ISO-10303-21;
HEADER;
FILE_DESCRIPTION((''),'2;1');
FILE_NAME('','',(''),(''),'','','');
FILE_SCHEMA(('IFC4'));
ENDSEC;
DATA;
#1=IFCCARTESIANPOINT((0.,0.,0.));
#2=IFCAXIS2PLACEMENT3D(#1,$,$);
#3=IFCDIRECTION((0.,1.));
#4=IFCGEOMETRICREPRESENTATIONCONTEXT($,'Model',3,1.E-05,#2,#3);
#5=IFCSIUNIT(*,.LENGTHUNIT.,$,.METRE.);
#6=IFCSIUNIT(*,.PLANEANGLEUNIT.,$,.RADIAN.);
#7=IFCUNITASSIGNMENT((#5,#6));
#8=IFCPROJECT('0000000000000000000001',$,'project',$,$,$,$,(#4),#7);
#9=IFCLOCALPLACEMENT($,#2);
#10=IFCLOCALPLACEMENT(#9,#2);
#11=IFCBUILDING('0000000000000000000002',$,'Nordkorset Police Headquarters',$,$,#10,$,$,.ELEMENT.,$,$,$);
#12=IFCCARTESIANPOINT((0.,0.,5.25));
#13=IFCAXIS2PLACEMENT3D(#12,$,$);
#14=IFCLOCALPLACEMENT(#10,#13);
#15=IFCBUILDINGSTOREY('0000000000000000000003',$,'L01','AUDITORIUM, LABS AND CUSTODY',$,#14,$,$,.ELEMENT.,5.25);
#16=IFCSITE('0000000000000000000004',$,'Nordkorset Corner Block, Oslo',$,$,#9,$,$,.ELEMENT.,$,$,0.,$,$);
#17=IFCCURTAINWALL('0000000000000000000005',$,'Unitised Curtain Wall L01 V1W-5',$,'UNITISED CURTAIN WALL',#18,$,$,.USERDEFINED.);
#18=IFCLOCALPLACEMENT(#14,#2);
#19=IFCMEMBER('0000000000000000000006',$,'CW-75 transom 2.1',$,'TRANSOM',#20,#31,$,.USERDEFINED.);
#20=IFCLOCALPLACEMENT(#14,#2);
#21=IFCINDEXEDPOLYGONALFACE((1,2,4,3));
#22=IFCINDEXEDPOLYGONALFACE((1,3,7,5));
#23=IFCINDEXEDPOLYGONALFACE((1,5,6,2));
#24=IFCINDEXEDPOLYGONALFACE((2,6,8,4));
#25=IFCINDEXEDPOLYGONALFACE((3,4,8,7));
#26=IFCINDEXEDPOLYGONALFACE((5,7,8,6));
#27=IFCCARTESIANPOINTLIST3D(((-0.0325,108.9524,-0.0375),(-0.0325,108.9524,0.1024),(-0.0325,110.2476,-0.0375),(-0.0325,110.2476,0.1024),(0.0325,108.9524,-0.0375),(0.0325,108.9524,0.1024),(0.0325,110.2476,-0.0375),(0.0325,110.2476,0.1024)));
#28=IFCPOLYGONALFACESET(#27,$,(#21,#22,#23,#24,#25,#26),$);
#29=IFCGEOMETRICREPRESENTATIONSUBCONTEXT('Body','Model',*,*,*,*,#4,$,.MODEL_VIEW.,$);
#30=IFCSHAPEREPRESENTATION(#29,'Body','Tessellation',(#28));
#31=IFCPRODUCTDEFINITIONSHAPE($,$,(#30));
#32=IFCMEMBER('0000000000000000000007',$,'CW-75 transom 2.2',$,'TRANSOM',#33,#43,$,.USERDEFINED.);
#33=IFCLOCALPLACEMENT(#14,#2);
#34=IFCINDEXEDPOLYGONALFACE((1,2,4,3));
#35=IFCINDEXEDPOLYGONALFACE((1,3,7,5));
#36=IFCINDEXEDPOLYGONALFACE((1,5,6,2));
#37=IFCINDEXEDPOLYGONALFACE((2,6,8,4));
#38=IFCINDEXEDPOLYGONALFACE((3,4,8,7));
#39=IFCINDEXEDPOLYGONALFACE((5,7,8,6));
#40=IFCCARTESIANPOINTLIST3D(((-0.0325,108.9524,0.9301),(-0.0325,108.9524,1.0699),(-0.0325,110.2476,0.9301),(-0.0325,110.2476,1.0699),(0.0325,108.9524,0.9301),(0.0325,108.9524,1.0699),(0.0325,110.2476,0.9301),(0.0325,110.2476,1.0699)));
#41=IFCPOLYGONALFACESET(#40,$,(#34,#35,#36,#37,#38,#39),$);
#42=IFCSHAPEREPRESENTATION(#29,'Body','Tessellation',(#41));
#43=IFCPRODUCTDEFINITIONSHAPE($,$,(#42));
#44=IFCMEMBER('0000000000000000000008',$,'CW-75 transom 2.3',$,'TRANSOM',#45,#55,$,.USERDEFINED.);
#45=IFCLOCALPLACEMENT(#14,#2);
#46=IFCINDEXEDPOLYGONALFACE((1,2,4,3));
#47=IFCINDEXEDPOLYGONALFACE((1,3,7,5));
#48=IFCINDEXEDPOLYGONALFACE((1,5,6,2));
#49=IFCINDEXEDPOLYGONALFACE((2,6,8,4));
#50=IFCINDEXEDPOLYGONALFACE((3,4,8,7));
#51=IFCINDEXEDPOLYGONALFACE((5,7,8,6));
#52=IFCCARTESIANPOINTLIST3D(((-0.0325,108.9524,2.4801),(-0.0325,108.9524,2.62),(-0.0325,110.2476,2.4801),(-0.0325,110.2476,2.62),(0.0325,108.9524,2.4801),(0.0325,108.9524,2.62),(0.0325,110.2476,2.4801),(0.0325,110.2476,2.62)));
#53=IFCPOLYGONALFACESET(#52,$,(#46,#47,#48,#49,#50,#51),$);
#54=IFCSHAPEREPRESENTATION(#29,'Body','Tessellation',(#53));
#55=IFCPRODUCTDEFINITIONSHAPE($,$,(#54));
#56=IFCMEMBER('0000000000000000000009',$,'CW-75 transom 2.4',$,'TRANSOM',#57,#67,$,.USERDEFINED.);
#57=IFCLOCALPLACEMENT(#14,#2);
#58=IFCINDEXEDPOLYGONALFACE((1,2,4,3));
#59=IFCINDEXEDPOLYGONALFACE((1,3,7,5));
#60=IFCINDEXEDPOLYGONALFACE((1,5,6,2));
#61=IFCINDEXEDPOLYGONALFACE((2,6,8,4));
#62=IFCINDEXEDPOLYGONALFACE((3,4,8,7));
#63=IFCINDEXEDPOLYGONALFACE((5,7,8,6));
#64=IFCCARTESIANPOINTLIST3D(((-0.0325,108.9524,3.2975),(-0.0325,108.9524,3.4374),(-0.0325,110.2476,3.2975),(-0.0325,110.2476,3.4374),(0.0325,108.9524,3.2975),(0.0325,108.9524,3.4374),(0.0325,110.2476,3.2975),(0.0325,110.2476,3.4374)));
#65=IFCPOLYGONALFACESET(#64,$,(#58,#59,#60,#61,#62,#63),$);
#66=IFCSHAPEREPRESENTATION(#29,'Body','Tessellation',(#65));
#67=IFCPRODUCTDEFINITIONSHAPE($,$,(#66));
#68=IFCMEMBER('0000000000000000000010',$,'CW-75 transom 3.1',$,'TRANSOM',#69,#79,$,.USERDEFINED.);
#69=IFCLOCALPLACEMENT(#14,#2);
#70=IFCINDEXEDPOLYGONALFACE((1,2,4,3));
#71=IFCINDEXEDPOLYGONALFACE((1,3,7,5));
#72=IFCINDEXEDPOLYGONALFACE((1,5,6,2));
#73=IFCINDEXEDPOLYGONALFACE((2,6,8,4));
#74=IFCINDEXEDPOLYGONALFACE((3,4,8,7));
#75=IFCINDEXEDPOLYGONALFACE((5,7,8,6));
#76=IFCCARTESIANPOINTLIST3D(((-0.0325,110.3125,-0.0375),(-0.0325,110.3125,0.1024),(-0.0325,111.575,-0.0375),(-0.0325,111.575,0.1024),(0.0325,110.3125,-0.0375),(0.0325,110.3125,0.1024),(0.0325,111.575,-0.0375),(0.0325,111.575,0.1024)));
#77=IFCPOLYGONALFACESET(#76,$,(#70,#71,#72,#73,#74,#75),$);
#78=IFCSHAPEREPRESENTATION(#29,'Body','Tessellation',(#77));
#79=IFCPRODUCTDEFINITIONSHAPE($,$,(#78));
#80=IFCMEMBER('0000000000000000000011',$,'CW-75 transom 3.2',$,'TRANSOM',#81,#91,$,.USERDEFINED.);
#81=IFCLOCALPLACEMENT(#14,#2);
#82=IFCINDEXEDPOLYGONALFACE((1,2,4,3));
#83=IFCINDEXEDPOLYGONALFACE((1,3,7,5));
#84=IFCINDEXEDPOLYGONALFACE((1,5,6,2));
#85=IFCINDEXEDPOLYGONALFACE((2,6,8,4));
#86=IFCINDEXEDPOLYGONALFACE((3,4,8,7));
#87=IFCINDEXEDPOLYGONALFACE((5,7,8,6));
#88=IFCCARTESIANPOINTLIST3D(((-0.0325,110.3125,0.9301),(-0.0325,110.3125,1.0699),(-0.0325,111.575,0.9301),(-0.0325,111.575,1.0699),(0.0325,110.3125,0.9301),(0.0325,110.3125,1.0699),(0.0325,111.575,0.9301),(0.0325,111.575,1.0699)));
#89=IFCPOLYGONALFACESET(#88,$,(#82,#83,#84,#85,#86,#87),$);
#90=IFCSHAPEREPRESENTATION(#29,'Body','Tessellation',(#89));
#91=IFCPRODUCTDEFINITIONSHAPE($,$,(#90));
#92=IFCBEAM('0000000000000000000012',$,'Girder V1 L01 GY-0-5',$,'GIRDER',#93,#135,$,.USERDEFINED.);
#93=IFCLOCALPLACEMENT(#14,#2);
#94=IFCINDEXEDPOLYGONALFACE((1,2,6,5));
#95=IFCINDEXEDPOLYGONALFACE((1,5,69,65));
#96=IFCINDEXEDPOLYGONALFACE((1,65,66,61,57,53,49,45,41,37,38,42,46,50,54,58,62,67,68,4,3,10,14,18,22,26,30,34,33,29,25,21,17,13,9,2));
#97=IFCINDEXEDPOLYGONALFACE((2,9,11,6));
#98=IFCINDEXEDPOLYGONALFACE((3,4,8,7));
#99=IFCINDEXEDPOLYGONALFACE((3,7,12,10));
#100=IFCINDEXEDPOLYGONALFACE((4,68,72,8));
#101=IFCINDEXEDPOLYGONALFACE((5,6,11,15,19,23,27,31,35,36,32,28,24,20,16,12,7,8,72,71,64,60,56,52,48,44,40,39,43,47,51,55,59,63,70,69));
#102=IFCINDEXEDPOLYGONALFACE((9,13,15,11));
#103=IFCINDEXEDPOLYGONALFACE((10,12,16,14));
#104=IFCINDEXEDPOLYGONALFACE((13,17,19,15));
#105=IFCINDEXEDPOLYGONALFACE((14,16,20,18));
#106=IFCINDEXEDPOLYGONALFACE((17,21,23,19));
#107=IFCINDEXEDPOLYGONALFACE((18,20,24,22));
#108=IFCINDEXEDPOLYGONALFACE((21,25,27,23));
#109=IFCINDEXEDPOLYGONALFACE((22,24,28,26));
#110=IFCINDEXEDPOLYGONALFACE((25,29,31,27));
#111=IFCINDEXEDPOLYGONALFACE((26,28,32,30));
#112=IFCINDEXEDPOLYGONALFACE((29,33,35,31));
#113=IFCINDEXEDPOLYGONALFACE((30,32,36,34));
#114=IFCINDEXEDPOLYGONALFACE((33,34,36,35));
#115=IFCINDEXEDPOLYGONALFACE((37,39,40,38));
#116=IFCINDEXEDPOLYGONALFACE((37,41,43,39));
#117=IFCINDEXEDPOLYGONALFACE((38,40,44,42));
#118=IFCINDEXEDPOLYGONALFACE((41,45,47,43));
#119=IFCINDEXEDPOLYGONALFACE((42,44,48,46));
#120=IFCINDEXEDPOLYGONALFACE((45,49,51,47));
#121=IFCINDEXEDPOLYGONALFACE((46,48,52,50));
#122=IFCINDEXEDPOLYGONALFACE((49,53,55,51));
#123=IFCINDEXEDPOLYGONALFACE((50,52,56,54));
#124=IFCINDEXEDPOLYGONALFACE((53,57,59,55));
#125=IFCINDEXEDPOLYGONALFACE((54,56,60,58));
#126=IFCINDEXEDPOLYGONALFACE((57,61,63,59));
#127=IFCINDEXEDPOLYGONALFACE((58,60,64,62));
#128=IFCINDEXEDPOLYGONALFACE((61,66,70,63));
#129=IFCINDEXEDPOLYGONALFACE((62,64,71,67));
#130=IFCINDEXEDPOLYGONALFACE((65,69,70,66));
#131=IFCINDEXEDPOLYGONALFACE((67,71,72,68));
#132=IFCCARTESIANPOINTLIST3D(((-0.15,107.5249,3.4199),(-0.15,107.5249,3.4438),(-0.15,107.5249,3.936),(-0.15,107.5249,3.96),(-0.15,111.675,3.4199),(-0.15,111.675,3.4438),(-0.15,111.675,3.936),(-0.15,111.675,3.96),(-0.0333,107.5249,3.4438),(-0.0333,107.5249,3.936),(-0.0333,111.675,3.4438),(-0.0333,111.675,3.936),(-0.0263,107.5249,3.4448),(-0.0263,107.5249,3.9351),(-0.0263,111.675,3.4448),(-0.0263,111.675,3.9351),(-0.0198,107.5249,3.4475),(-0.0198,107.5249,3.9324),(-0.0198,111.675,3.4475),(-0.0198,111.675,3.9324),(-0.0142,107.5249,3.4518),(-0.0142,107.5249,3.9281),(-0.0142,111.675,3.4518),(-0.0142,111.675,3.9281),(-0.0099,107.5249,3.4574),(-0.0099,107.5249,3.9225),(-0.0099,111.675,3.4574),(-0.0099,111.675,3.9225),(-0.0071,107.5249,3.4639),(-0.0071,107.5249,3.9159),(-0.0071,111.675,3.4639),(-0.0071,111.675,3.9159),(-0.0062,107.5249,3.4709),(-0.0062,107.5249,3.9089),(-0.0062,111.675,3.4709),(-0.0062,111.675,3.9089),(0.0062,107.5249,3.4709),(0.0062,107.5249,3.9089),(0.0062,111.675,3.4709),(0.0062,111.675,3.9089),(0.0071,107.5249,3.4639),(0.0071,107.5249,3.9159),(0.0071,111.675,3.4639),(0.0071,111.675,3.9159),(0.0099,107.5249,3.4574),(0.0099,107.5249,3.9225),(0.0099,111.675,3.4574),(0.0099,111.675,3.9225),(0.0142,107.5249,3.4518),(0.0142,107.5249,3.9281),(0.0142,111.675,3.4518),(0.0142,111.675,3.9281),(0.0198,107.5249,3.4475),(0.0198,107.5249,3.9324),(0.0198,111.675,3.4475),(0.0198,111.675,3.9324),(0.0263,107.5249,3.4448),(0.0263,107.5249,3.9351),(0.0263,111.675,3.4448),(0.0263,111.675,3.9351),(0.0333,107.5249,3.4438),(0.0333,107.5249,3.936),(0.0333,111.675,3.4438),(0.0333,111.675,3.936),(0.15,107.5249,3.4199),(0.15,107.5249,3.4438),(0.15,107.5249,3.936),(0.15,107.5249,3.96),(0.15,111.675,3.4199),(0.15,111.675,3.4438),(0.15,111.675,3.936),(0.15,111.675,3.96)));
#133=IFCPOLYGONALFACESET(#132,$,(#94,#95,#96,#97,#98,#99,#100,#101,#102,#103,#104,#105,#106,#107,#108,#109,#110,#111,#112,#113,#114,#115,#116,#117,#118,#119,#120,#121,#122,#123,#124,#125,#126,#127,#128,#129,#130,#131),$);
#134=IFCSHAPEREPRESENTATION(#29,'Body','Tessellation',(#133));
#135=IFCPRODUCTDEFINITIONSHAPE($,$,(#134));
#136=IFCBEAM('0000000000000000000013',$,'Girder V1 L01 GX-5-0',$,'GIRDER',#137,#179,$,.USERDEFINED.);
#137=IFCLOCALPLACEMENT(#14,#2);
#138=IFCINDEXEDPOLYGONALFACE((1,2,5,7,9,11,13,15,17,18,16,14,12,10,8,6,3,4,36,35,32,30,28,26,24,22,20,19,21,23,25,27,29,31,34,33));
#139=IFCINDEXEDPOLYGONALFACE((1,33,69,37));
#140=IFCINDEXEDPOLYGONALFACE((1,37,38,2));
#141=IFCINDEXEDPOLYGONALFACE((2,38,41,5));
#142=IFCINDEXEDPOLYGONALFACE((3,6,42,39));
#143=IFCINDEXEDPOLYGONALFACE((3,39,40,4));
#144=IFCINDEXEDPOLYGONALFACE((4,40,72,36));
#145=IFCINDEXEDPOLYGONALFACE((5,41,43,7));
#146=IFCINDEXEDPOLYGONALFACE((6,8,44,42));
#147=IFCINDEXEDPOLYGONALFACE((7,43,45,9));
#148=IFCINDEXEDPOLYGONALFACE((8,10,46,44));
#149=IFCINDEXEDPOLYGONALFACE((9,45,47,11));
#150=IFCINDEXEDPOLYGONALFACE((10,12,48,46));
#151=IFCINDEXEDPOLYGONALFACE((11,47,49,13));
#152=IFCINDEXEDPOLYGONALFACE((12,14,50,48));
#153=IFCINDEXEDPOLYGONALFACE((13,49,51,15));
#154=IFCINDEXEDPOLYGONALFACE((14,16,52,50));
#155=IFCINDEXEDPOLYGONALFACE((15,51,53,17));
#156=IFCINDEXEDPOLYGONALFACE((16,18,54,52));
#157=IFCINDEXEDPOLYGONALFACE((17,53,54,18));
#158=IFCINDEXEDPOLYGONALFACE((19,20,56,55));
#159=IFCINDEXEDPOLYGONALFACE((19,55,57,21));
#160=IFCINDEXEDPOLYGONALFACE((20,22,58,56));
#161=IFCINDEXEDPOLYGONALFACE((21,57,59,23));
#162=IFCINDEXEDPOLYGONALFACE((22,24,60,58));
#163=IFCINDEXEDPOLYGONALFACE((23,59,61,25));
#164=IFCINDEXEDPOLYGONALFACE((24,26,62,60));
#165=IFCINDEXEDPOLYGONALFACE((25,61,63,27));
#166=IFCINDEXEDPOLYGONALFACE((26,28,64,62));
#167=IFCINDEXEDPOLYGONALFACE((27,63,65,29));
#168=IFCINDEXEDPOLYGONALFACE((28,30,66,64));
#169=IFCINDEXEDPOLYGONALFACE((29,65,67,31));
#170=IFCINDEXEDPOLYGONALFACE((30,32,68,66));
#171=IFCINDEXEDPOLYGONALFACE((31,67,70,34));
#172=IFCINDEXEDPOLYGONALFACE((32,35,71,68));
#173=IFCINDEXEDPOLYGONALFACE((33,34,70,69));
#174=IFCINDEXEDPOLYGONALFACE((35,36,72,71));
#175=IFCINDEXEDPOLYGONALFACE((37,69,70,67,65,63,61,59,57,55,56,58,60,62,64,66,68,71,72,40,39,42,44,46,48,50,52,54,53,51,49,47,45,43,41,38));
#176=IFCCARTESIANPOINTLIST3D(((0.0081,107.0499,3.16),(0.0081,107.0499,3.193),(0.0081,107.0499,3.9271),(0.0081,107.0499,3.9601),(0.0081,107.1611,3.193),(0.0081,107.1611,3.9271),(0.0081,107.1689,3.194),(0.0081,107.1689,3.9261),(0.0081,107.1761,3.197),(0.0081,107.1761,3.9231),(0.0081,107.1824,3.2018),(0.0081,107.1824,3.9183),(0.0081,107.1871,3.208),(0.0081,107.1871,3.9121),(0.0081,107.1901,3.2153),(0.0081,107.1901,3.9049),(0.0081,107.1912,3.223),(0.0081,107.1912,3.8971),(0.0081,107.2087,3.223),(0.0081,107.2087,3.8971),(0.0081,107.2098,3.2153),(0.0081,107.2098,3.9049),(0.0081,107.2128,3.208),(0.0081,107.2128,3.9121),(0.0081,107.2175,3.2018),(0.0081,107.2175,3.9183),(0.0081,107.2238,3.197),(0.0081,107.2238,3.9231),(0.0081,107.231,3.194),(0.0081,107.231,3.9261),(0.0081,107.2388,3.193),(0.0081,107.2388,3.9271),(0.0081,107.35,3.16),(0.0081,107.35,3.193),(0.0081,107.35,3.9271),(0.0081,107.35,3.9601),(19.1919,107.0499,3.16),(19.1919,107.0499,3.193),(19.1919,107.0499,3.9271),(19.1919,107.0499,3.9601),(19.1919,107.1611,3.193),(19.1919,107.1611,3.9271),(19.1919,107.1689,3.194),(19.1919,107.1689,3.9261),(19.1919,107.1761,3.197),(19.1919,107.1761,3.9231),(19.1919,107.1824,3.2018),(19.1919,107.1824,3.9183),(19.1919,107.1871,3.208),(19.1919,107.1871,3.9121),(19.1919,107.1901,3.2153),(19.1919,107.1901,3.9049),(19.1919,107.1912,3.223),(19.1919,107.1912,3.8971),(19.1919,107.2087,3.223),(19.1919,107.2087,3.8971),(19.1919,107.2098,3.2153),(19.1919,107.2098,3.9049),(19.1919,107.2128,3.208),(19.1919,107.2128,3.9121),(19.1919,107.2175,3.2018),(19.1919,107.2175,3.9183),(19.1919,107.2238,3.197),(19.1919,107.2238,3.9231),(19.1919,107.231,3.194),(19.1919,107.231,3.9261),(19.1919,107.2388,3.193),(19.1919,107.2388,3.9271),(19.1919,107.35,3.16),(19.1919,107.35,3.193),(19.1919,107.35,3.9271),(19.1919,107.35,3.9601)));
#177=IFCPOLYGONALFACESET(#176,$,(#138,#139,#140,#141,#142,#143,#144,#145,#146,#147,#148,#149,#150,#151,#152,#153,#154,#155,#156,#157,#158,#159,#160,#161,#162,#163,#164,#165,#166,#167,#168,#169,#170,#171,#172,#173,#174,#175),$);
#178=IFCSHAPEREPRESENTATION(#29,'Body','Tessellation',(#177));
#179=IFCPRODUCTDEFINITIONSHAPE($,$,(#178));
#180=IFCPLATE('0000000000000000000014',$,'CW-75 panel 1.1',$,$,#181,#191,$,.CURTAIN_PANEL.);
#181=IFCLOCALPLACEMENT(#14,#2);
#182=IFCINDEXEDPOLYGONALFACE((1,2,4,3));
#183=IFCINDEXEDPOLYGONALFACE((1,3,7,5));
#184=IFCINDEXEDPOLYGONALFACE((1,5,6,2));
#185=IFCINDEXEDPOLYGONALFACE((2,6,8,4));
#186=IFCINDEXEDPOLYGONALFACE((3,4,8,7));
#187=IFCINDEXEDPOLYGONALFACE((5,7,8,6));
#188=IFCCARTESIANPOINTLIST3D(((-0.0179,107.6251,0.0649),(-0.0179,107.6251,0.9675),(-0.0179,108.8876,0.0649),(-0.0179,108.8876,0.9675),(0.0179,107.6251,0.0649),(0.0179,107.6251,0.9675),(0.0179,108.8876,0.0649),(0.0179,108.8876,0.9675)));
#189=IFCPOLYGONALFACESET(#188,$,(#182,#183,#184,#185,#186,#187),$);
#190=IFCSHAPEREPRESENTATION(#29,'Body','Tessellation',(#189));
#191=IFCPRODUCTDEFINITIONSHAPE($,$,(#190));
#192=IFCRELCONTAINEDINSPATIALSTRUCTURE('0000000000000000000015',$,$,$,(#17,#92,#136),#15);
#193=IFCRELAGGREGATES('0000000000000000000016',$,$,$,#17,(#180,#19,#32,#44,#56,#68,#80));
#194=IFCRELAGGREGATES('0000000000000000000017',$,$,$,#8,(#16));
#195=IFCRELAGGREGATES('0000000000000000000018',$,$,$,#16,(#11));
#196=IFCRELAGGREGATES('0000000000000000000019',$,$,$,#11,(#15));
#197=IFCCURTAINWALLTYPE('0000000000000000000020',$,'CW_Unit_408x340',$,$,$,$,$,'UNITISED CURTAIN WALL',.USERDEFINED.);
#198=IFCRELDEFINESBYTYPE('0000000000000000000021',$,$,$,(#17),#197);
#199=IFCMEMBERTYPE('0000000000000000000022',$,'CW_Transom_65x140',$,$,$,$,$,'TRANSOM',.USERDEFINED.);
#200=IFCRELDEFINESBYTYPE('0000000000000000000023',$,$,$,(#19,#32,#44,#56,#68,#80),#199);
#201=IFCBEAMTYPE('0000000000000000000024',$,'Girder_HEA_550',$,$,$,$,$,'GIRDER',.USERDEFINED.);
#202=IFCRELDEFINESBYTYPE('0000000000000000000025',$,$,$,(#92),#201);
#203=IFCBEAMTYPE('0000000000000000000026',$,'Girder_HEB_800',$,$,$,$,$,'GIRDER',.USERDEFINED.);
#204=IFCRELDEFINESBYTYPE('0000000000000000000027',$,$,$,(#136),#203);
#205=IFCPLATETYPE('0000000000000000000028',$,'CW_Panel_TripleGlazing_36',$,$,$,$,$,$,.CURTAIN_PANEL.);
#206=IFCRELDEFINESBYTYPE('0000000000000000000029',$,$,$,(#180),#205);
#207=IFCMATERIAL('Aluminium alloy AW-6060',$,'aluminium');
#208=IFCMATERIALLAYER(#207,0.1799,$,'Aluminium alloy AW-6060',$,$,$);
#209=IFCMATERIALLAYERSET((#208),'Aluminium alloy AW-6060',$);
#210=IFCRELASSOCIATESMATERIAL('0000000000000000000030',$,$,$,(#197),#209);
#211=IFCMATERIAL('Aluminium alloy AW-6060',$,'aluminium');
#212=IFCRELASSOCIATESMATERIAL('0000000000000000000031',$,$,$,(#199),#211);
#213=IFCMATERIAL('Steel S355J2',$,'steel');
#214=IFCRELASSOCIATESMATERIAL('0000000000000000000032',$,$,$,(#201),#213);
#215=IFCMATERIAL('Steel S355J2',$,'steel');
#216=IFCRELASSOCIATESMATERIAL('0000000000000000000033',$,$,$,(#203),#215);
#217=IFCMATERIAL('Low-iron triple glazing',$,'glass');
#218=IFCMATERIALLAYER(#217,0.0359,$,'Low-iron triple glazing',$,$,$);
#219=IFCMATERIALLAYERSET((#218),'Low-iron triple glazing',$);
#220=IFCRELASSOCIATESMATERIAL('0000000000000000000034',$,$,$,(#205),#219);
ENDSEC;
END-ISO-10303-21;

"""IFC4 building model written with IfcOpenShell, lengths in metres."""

from ifc_helpers import new_model, si_unit, direction, frame, origin, origin_2d, place, context, subcontext, project, spatial, rectangle, i_section, extrude, material, layer, layer_set, material_profile, profile_set, type_object, element, aggregate, save


model = new_model("IFC4")

# Units and contexts
model_context = context("Model", 3, precision=1e-05, world=origin(), true_north=direction((0.0, 1.0)))
body_context = subcontext(model_context, "Body", "Model", "MODEL_VIEW")
ifc_project = project(units=[si_unit("LENGTHUNIT", "METRE"), si_unit("PLANEANGLEUNIT", "RADIAN")], contexts=[model_context])

# Site, building, storey
site_placement = place(None, origin())
site = spatial("IfcSite", under=ifc_project, at=site_placement, Name="Nordkorset Corner Block, Oslo", CompositionType="ELEMENT", RefElevation=0.0)
building_placement = place(site_placement, origin())
building = spatial("IfcBuilding", under=site, at=building_placement, Name="Nordkorset Police Headquarters", CompositionType="ELEMENT")
storey_placement = place(building_placement, frame((0.0, 0.0, 5.25)))
storey = spatial("IfcBuildingStorey", under=building, at=storey_placement, Name="L01", Description="AUDITORIUM, LABS AND CUSTODY", CompositionType="ELEMENT", Elevation=5.25)

# Curtain wall, members
ifc_material_1 = material(Name="Aluminium alloy AW-6060", Category="aluminium")
ifc_layer_1 = layer(ifc_material_1, 0.1799, Name="Aluminium alloy AW-6060")
ifc_layer_set_1 = layer_set([ifc_layer_1], Name="Aluminium alloy AW-6060")
curtain_wall_type = type_object("IfcCurtainWallType", Name="CW_Unit_408x340", ElementType="UNITISED CURTAIN WALL", PredefinedType="USERDEFINED", material=ifc_layer_set_1)
curtain_wall_placement = place(storey_placement, origin())
curtain_wall = element("IfcCurtainWall", 1, at=curtain_wall_placement, inside=storey, type_object=curtain_wall_type, Name="Unitised Curtain Wall L01 V1W-5", ObjectType="UNITISED CURTAIN WALL", PredefinedType="USERDEFINED")
ifc_material_2 = material(Name="Aluminium alloy AW-6060", Category="aluminium")
ifc_material_profile_1 = material_profile(ifc_material_2, rectangle(XDim=0.0649, YDim=0.1399, at=origin_2d()), Name="ALU TRAN 65x140")
ifc_profile_set_1 = profile_set([ifc_material_profile_1], Name="Aluminium alloy AW-6060")
member_type_1 = type_object("IfcMemberType", Name="CW_Transom_65x140", ElementType="TRANSOM", PredefinedType="USERDEFINED", material=ifc_profile_set_1)
member_1_placement = place(storey_placement, frame((0.0, 108.9524, 0.0325), z_axis=(0.0, 1.0, 0.0), x_axis=(-1.0, 0.0, 0.0)))
member_1 = element("IfcMember", 2, at=member_1_placement, type_object=member_type_1, Name="CW-75 transom 2.1", ObjectType="TRANSOM", PredefinedType="USERDEFINED", context=body_context, shape_type="SweptSolid", body=[
    extrude(rectangle(XDim=0.0649, YDim=0.1399, at=origin_2d()), origin(), (0.0, 0.0, 1.0), 1.2952),
])
member_2_placement = place(storey_placement, frame((0.0, 108.9524, 1.0), z_axis=(0.0, 1.0, 0.0), x_axis=(-1.0, 0.0, 0.0)))
member_2 = element("IfcMember", 3, at=member_2_placement, type_object=member_type_1, Name="CW-75 transom 2.2", ObjectType="TRANSOM", PredefinedType="USERDEFINED", context=body_context, shape_type="SweptSolid", body=[
    extrude(rectangle(XDim=0.0649, YDim=0.1399, at=origin_2d()), origin(), (0.0, 0.0, 1.0), 1.2952),
])
member_3_placement = place(storey_placement, frame((0.0, 108.9524, 2.55), z_axis=(0.0, 1.0, 0.0), x_axis=(-1.0, 0.0, 0.0)))
member_3 = element("IfcMember", 4, at=member_3_placement, type_object=member_type_1, Name="CW-75 transom 2.3", ObjectType="TRANSOM", PredefinedType="USERDEFINED", context=body_context, shape_type="SweptSolid", body=[
    extrude(rectangle(XDim=0.0649, YDim=0.1399, at=origin_2d()), origin(), (0.0, 0.0, 1.0), 1.2952),
])
member_4_placement = place(storey_placement, frame((0.0, 108.9524, 3.3674), z_axis=(0.0, 1.0, 0.0), x_axis=(-1.0, 0.0, 0.0)))
member_4 = element("IfcMember", 5, at=member_4_placement, type_object=member_type_1, Name="CW-75 transom 2.4", ObjectType="TRANSOM", PredefinedType="USERDEFINED", context=body_context, shape_type="SweptSolid", body=[
    extrude(rectangle(XDim=0.0649, YDim=0.1399, at=origin_2d()), origin(), (0.0, 0.0, 1.0), 1.2952),
])
member_5_placement = place(storey_placement, frame((0.0, 110.3125, 0.0325), z_axis=(0.0, 1.0, 0.0), x_axis=(-1.0, 0.0, 0.0)))
member_5 = element("IfcMember", 6, at=member_5_placement, type_object=member_type_1, Name="CW-75 transom 3.1", ObjectType="TRANSOM", PredefinedType="USERDEFINED", context=body_context, shape_type="SweptSolid", body=[
    extrude(rectangle(XDim=0.0649, YDim=0.1399, at=origin_2d()), origin(), (0.0, 0.0, 1.0), 1.2625),
])
member_6_placement = place(storey_placement, frame((0.0, 110.3125, 1.0), z_axis=(0.0, 1.0, 0.0), x_axis=(-1.0, 0.0, 0.0)))
member_6 = element("IfcMember", 7, at=member_6_placement, type_object=member_type_1, Name="CW-75 transom 3.2", ObjectType="TRANSOM", PredefinedType="USERDEFINED", context=body_context, shape_type="SweptSolid", body=[
    extrude(rectangle(XDim=0.0649, YDim=0.1399, at=origin_2d()), origin(), (0.0, 0.0, 1.0), 1.2625),
])

# Beams
ifc_material_3 = material(Name="Steel S355J2", Category="steel")
ifc_material_profile_2 = material_profile(ifc_material_3, i_section(OverallWidth=0.3, OverallDepth=0.54, WebThickness=0.0125, FlangeThickness=0.0239, FilletRadius=0.0271, at=origin_2d()), Name="HEA 550")
ifc_profile_set_2 = profile_set([ifc_material_profile_2], Name="Steel S355J2")
beam_type_1 = type_object("IfcBeamType", Name="Girder_HEA_550", ElementType="GIRDER", PredefinedType="USERDEFINED", material=ifc_profile_set_2)
beam_1_placement = place(storey_placement, frame((0.0, 107.5249, 3.6899), z_axis=(0.0, 1.0, 0.0), x_axis=(-1.0, 0.0, 0.0)))
element("IfcBeam", 8, at=beam_1_placement, inside=storey, type_object=beam_type_1, Name="Girder V1 L01 GY-0-5", ObjectType="GIRDER", PredefinedType="USERDEFINED", context=body_context, shape_type="SweptSolid", body=[
    extrude(i_section(OverallWidth=0.3, OverallDepth=0.54, WebThickness=0.0125, FlangeThickness=0.0239, FilletRadius=0.0271, at=origin_2d()), origin(), (0.0, 0.0, 1.0), 4.1501),
])
ifc_material_4 = material(Name="Steel S355J2", Category="steel")
ifc_material_profile_3 = material_profile(ifc_material_4, i_section(OverallWidth=0.3, OverallDepth=0.8, WebThickness=0.0176, FlangeThickness=0.033, FilletRadius=0.03, at=origin_2d()), Name="HEB 800")
ifc_profile_set_3 = profile_set([ifc_material_profile_3], Name="Steel S355J2")
beam_type_2 = type_object("IfcBeamType", Name="Girder_HEB_800", ElementType="GIRDER", PredefinedType="USERDEFINED", material=ifc_profile_set_3)
beam_2_placement = place(storey_placement, frame((0.0081, 107.2, 3.5601), z_axis=(1.0, 0.0, 0.0), x_axis=(0.0, 1.0, 0.0)))
element("IfcBeam", 9, at=beam_2_placement, inside=storey, type_object=beam_type_2, Name="Girder V1 L01 GX-5-0", ObjectType="GIRDER", PredefinedType="USERDEFINED", context=body_context, shape_type="SweptSolid", body=[
    extrude(i_section(OverallWidth=0.3, OverallDepth=0.8, WebThickness=0.0176, FlangeThickness=0.033, FilletRadius=0.03, at=origin_2d()), origin(), (0.0, 0.0, 1.0), 19.1838),
])

# Plate
ifc_material_5 = material(Name="Low-iron triple glazing", Category="glass")
ifc_layer_2 = layer(ifc_material_5, 0.0359, Name="Low-iron triple glazing")
ifc_layer_set_2 = layer_set([ifc_layer_2], Name="Low-iron triple glazing")
plate_type = type_object("IfcPlateType", Name="CW_Panel_TripleGlazing_36", PredefinedType="CURTAIN_PANEL", material=ifc_layer_set_2)
plate_1_placement = place(storey_placement, frame((0.0, 108.2563, 0.0649), z_axis=(0.0, 0.0, 1.0), x_axis=(0.0, 1.0, 0.0)))
plate_1 = element("IfcPlate", 10, at=plate_1_placement, type_object=plate_type, Name="CW-75 panel 1.1", PredefinedType="CURTAIN_PANEL", context=body_context, shape_type="SweptSolid", body=[
    extrude(rectangle(XDim=1.2625, YDim=0.0359, at=origin_2d()), origin(), (0.0, 0.0, 1.0), 0.9026),
])
aggregate(curtain_wall, [plate_1, member_1, member_2, member_3, member_4, member_5, member_6])

save(model, "model.ifc")
